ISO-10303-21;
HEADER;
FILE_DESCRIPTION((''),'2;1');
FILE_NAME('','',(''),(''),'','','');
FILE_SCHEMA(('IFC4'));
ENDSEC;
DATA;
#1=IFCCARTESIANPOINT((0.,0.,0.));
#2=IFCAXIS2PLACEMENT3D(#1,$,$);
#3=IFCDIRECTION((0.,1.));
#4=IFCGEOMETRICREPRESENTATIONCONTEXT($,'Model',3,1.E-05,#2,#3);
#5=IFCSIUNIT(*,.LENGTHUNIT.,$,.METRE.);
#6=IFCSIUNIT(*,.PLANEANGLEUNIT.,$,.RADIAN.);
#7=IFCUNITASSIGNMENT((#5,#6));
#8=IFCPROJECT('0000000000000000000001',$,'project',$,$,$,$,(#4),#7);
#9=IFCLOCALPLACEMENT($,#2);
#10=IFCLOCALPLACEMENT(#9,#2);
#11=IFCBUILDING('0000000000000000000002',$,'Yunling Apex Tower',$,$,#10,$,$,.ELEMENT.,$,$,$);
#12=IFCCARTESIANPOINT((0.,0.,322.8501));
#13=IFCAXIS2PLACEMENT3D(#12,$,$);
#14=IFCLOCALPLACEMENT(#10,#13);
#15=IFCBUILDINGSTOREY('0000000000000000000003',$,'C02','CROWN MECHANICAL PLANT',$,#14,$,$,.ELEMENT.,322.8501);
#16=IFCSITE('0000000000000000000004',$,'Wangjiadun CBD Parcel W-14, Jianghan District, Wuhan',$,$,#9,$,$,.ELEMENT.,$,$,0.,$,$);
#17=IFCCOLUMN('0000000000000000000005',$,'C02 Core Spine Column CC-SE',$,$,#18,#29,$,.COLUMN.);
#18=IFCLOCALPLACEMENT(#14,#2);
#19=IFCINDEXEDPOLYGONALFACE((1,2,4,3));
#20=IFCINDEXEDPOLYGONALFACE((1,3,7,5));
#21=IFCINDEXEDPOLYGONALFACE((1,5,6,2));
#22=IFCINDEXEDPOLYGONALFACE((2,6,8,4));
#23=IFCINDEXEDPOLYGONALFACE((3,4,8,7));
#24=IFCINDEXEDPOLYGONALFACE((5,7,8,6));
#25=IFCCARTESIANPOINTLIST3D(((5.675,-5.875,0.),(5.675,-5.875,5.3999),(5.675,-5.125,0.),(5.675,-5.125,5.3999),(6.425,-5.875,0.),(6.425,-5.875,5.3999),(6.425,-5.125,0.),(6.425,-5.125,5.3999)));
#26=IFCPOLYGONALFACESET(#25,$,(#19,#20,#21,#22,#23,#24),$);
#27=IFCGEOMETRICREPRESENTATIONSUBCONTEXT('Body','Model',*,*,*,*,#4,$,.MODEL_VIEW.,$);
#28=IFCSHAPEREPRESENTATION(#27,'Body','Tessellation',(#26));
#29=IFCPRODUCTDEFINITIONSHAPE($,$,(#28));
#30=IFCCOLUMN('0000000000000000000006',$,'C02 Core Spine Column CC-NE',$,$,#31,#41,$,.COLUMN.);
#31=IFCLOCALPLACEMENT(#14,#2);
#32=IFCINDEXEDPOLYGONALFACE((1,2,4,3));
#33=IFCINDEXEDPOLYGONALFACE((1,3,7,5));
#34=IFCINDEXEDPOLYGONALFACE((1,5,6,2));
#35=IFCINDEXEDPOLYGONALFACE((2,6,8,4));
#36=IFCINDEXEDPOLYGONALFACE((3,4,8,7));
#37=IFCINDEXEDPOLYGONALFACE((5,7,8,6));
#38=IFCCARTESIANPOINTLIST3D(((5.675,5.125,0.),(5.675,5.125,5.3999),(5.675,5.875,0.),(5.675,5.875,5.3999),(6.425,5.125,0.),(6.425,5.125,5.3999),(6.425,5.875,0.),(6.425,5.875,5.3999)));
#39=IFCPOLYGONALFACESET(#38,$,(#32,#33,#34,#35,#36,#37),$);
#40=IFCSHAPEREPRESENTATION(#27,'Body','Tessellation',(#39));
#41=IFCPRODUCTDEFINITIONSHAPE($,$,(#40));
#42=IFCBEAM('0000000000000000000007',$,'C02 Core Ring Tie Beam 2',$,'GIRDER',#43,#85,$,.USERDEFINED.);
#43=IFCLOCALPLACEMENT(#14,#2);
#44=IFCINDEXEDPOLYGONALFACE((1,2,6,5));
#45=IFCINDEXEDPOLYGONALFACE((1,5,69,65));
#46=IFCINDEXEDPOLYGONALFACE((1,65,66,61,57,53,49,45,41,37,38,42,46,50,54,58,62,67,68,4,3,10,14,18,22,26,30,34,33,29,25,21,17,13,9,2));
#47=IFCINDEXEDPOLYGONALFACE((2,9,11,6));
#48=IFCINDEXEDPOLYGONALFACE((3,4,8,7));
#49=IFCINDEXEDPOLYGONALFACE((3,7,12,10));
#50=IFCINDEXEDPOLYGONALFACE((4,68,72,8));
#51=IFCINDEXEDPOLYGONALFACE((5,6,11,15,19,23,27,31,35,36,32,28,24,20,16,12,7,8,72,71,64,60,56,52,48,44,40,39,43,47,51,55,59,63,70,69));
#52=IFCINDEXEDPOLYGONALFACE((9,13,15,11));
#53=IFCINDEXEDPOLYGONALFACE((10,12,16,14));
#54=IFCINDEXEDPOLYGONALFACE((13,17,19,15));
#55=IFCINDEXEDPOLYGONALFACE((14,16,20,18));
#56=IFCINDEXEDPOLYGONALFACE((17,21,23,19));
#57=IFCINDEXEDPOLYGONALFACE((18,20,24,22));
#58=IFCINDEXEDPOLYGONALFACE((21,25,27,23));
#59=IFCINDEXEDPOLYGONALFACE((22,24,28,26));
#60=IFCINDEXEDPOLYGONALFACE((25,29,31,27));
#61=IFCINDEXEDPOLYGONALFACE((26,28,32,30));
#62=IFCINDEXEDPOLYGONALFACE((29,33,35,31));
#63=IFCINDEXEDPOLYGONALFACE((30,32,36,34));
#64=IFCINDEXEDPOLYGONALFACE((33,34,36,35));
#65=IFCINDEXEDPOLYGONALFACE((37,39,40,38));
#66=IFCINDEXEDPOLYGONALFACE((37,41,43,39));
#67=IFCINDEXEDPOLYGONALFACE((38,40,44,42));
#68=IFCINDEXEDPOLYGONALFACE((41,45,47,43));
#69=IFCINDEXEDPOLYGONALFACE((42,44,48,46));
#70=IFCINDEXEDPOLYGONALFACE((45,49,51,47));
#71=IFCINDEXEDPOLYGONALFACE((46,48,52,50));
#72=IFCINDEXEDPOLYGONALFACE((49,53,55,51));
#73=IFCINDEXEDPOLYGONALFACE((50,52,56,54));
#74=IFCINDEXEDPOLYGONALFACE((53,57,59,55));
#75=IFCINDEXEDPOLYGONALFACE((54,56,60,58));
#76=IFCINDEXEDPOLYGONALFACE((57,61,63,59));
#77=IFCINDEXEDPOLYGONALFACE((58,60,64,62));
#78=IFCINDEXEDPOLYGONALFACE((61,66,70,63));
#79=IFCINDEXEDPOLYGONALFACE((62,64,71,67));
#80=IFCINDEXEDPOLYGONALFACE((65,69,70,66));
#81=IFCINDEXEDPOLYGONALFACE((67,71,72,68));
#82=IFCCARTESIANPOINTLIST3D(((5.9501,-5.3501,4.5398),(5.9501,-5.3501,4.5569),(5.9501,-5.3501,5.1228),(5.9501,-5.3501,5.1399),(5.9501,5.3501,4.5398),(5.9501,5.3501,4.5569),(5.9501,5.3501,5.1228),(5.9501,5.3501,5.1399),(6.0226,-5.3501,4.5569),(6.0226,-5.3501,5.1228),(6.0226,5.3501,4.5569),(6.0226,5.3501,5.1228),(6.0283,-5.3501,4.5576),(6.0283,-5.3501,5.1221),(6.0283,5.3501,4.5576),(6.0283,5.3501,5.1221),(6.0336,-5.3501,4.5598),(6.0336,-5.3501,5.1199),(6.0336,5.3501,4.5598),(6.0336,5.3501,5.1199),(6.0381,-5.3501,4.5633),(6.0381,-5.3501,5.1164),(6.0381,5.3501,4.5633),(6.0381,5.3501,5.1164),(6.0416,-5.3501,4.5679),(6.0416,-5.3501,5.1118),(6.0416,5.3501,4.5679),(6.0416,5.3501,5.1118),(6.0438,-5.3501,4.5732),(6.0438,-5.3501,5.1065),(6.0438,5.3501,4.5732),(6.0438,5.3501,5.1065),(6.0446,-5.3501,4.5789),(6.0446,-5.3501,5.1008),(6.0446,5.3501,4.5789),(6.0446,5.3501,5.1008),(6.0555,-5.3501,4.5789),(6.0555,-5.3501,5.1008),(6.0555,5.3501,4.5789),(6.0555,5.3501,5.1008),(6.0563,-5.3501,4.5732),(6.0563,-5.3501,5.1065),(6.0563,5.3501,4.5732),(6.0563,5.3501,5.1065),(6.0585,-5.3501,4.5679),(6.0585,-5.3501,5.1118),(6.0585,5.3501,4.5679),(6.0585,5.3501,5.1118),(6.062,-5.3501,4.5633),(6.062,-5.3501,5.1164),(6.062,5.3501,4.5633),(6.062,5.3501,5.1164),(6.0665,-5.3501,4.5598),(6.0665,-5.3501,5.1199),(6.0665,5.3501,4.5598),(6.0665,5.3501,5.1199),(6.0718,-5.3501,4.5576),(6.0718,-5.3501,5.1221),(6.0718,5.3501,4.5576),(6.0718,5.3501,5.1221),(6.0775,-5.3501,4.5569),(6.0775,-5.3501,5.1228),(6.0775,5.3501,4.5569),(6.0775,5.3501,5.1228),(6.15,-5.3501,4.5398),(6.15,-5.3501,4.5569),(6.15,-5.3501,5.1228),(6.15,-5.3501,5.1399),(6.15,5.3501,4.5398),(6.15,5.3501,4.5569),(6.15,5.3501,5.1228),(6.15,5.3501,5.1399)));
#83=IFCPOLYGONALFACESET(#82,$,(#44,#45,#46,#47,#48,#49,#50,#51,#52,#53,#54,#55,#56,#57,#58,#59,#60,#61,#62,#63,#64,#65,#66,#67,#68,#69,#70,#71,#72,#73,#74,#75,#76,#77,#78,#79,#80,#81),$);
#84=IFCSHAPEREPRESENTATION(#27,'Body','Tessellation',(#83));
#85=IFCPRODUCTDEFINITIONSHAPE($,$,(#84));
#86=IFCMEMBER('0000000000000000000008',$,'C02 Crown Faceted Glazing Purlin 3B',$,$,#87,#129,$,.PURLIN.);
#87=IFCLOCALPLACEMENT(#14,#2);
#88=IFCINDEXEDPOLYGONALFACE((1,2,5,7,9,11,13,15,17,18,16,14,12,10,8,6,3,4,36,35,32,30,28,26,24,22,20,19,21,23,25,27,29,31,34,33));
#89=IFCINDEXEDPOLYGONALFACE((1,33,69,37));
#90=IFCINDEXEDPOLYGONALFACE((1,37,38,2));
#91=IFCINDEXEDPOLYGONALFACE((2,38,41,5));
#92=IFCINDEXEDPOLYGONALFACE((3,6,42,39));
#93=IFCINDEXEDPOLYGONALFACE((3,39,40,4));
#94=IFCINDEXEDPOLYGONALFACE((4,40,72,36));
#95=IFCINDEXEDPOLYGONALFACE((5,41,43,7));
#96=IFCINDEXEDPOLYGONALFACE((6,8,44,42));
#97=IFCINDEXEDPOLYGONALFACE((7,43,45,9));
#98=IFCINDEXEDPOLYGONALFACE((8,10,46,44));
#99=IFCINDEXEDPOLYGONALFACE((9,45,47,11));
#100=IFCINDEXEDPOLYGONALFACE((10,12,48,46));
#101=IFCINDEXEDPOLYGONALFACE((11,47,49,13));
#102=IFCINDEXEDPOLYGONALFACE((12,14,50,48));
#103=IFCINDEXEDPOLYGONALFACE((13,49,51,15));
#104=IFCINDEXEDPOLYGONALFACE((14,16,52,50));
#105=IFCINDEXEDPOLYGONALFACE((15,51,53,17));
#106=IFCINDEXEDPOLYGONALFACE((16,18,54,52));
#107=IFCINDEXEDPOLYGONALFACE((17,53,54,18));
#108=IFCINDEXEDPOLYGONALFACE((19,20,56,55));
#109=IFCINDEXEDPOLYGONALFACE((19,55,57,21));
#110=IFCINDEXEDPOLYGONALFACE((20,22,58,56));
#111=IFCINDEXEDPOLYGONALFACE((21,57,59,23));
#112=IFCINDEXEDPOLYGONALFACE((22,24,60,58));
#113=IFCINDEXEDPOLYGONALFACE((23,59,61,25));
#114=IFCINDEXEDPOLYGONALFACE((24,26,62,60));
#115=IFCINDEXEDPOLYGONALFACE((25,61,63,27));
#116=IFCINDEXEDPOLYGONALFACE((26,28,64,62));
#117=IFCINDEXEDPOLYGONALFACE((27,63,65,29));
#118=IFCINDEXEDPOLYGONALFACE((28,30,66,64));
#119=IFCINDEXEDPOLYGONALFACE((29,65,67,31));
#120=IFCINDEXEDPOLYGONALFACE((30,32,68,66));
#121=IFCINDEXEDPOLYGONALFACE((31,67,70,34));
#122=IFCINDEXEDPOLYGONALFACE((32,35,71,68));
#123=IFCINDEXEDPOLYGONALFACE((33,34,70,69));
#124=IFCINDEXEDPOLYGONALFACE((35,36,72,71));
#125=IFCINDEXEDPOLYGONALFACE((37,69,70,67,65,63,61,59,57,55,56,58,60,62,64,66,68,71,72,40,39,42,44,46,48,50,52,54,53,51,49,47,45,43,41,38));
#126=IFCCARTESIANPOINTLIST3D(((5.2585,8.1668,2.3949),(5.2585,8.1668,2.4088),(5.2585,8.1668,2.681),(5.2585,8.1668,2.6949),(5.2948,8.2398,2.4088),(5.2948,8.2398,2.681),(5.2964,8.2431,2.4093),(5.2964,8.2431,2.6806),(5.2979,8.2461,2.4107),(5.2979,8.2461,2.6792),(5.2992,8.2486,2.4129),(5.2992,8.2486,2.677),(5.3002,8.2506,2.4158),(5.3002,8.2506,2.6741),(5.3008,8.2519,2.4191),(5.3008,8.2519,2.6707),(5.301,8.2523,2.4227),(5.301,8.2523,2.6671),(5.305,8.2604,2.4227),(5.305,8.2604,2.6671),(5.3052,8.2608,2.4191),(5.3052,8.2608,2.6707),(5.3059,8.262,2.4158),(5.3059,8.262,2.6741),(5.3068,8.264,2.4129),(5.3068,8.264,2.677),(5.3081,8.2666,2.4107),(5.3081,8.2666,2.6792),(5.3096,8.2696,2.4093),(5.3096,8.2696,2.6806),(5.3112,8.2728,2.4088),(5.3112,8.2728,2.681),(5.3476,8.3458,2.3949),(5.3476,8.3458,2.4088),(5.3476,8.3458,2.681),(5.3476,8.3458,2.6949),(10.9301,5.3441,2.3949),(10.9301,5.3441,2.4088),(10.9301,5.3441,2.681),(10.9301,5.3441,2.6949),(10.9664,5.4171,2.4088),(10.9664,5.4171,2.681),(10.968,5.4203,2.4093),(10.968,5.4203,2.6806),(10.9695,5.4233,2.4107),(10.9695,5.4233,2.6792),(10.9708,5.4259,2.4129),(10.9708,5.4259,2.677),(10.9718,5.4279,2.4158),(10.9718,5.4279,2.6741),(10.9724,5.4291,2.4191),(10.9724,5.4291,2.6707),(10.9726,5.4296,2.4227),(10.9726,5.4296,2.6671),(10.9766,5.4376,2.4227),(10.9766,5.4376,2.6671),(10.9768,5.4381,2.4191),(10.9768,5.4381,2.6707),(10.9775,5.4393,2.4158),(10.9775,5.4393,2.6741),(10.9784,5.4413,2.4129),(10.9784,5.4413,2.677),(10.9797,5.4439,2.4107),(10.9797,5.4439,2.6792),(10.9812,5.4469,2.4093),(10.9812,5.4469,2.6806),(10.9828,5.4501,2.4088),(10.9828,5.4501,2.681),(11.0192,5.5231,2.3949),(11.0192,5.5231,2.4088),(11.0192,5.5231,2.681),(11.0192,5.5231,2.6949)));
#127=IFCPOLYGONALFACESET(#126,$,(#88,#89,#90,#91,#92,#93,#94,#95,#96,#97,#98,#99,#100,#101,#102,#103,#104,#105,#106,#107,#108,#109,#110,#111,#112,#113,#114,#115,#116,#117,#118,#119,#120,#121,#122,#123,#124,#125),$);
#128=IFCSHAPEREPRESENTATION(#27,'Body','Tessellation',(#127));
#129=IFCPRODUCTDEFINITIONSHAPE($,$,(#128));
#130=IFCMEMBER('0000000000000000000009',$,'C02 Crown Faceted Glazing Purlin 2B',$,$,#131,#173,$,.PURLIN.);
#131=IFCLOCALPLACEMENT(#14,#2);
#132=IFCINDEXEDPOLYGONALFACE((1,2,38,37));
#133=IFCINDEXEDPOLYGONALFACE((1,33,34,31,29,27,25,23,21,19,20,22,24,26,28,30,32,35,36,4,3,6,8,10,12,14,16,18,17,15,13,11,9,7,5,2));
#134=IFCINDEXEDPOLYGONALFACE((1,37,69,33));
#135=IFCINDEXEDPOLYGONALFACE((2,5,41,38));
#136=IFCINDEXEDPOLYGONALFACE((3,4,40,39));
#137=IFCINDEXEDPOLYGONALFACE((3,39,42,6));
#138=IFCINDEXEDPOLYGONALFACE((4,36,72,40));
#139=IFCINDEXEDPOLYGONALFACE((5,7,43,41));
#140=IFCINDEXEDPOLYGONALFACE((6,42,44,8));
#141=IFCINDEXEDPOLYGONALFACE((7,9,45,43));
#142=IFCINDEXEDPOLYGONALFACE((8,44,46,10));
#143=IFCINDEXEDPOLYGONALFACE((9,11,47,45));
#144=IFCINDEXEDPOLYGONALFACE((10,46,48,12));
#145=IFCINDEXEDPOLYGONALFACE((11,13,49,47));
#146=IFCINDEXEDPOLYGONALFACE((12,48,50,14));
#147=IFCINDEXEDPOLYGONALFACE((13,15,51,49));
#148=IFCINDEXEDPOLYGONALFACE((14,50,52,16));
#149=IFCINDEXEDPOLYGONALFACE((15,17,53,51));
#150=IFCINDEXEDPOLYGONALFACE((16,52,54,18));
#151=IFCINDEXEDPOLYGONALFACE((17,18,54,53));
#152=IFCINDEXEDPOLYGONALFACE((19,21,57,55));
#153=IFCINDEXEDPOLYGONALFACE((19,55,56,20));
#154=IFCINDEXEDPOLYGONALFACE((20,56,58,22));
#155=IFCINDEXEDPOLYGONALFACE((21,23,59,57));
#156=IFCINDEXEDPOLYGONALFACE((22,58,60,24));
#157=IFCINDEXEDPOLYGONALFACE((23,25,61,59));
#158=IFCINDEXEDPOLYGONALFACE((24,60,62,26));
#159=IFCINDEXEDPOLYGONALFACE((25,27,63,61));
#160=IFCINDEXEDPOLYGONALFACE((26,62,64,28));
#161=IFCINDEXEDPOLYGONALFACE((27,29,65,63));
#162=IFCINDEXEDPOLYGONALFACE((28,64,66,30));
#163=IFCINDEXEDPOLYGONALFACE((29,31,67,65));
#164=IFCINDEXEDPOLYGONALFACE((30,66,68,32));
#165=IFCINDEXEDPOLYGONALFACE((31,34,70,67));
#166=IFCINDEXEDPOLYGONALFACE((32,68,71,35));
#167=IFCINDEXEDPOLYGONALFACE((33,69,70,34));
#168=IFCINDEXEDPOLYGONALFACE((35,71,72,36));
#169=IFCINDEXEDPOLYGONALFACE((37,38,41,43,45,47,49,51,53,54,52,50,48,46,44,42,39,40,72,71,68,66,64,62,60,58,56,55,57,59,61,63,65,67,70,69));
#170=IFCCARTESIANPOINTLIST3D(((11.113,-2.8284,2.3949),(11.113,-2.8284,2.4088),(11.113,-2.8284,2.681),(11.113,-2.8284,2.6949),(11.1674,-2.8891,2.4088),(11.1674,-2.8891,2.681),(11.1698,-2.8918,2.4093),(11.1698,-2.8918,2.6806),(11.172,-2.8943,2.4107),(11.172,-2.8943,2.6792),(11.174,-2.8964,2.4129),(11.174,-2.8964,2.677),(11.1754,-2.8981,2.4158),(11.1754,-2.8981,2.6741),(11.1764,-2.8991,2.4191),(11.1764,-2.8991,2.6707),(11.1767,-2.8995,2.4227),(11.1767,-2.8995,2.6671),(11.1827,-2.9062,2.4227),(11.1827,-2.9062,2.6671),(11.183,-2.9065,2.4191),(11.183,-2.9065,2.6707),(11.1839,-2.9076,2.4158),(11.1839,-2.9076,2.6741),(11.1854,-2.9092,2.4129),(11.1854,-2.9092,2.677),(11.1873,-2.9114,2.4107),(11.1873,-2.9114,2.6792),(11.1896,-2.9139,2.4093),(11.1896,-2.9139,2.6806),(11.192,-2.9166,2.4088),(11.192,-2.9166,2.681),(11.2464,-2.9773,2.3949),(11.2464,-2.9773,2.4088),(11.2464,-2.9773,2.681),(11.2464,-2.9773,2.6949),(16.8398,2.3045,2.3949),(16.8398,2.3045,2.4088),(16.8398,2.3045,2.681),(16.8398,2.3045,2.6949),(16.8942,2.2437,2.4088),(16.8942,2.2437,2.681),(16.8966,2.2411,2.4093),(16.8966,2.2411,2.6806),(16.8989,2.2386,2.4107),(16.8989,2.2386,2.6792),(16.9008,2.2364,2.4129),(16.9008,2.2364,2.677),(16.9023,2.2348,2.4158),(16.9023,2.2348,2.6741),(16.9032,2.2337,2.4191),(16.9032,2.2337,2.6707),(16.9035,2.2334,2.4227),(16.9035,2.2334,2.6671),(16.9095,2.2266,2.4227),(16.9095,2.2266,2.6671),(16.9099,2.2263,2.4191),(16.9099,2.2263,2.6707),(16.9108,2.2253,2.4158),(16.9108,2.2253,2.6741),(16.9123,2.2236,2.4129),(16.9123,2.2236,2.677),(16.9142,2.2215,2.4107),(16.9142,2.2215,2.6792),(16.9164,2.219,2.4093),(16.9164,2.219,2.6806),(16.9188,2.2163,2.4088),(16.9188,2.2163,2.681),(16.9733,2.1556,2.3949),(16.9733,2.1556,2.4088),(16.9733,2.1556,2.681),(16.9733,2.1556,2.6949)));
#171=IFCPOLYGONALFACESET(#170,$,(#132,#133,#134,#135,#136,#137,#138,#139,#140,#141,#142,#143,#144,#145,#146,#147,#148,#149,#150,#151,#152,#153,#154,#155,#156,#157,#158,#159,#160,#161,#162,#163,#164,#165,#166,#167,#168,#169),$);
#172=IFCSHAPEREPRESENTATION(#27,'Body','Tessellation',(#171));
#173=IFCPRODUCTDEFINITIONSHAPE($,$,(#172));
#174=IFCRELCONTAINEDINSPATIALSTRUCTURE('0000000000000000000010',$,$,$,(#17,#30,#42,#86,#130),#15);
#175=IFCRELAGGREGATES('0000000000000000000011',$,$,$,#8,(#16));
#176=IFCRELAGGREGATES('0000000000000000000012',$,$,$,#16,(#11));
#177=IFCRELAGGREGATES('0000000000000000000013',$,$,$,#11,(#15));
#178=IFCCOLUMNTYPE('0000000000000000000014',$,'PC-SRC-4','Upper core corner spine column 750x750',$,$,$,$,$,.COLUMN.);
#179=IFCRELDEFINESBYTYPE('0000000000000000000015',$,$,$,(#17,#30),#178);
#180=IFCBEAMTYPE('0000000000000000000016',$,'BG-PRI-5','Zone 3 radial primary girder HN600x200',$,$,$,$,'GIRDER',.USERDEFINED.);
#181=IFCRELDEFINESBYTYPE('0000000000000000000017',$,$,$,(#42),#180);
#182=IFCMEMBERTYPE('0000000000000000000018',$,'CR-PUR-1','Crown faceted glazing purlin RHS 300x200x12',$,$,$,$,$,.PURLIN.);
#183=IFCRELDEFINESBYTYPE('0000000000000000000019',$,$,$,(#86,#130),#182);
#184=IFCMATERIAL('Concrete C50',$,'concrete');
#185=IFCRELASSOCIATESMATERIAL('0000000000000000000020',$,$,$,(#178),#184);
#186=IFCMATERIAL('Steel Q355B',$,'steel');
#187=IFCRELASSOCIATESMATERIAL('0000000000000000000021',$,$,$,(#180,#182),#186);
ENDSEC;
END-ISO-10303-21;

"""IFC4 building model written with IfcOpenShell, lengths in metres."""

from ifc_helpers import new_model, si_unit, direction, frame, origin, origin_2d, place, context, subcontext, project, spatial, rectangle, i_section, extrude, source, transform, mapped, material, material_profile, profile_set, type_object, element, save


model = new_model("IFC4")

# Units and contexts
model_context = context("Model", 3, precision=1e-05, world=origin(), true_north=direction((0.0, 1.0)))
body_context = subcontext(model_context, "Body", "Model", "MODEL_VIEW")
ifc_project = project(units=[si_unit("LENGTHUNIT", "METRE"), si_unit("PLANEANGLEUNIT", "RADIAN")], contexts=[model_context])

# Site, building, storey
site_placement = place(None, origin())
site = spatial("IfcSite", under=ifc_project, at=site_placement, Name="Wangjiadun CBD Parcel W-14, Jianghan District, Wuhan", CompositionType="ELEMENT", RefElevation=0.0)
building_placement = place(site_placement, origin())
building = spatial("IfcBuilding", under=site, at=building_placement, Name="Yunling Apex Tower", CompositionType="ELEMENT")
storey_placement = place(building_placement, frame((0.0, 0.0, 322.8501)))
storey = spatial("IfcBuildingStorey", under=building, at=storey_placement, Name="C02", Description="CROWN MECHANICAL PLANT", CompositionType="ELEMENT", Elevation=322.8501)

# Columns
ifc_material_1 = material(Name="Concrete C50", Category="concrete")
ifc_material_profile_1 = material_profile(ifc_material_1, rectangle(XDim=0.75, YDim=0.75, at=origin_2d()))
ifc_profile_set_1 = profile_set([ifc_material_profile_1], Name="Concrete C50")
column_type = type_object("IfcColumnType", Name="PC-SRC-4", Description="Upper core corner spine column 750x750", PredefinedType="COLUMN", material=ifc_profile_set_1)
shared_shape_1 = source(origin(), body_context, "Body", "SweptSolid", [
    extrude(rectangle(XDim=0.75, YDim=0.75, at=origin_2d()), origin(), (0.0, 0.0, 1.0), 5.3999),
])
for number, where, z_axis, x_axis, name in (
    (1, (6.05, -5.5, 0.0), (0.0, 0.0, 1.0), (1.0, 0.0, 0.0), "C02 Core Spine Column CC-SE"),
    (2, (6.05, 5.5, 0.0), (0.0, 0.0, 1.0), (1.0, 0.0, 0.0), "C02 Core Spine Column CC-NE"),
):
    element("IfcColumn", number, at=place(storey_placement, frame(where, z_axis=z_axis, x_axis=x_axis)), inside=storey, type_object=column_type, Name=name, PredefinedType="COLUMN", context=body_context, shape_type="MappedRepresentation", body=[
        mapped(shared_shape_1, transform((0.0, 0.0, 0.0), scale=1.0)),
    ])

# Beam
ifc_material_2 = material(Name="Steel Q355B", Category="steel")
ifc_material_profile_2 = material_profile(ifc_material_2, i_section(OverallWidth=0.2, OverallDepth=0.6001, WebThickness=0.011, FlangeThickness=0.0171, FilletRadius=0.022, at=origin_2d()))
ifc_profile_set_2 = profile_set([ifc_material_profile_2], Name="Steel Q355B")
beam_type = type_object("IfcBeamType", Name="BG-PRI-5", Description="Zone 3 radial primary girder HN600x200", ElementType="GIRDER", PredefinedType="USERDEFINED", material=ifc_profile_set_2)
shared_shape_2 = source(origin(), body_context, "Body", "SweptSolid", [
    extrude(i_section(OverallWidth=0.2, OverallDepth=0.6001, WebThickness=0.011, FlangeThickness=0.0171, FilletRadius=0.022, at=origin_2d()), origin(), (0.0, 0.0, 1.0), 10.7002),
])
beam_placement = place(storey_placement, frame((6.05, -5.3501, 4.8398), z_axis=(0.0, 1.0, 0.0), x_axis=(-1.0, 0.0, 0.0)))
element("IfcBeam", 3, at=beam_placement, inside=storey, type_object=beam_type, Name="C02 Core Ring Tie Beam 2", ObjectType="GIRDER", PredefinedType="USERDEFINED", context=body_context, shape_type="MappedRepresentation", body=[
    mapped(shared_shape_2, transform((0.0, 0.0, 0.0), scale=1.0)),
])

# Members
ifc_material_profile_3 = material_profile(ifc_material_2, i_section(OverallWidth=0.2, OverallDepth=0.3, WebThickness=0.009, FlangeThickness=0.0139, FilletRadius=0.0139, at=origin_2d()))
ifc_profile_set_3 = profile_set([ifc_material_profile_3], Name="Steel Q355B")
member_type_1 = type_object("IfcMemberType", Name="CR-PUR-1", Description="Crown faceted glazing purlin RHS 300x200x12", PredefinedType="PURLIN", material=ifc_profile_set_3)
shared_shape_3 = source(origin(), body_context, "Body", "SweptSolid", [
    extrude(i_section(OverallWidth=0.2, OverallDepth=0.3, WebThickness=0.009, FlangeThickness=0.0139, FilletRadius=0.0139, at=origin_2d()), origin(), (0.0, 0.0, 1.0), 6.3352),
])
member_1_placement = place(storey_placement, frame((10.9746, 5.4336, 2.5449), z_axis=(-0.89525, 0.445563, 0.0), x_axis=(-0.445563, -0.89525, 0.0)))
element("IfcMember", 4, at=member_1_placement, inside=storey, type_object=member_type_1, Name="C02 Crown Faceted Glazing Purlin 3B", PredefinedType="PURLIN", context=body_context, shape_type="MappedRepresentation", body=[
    mapped(shared_shape_3, transform((0.0, 0.0, 0.0), scale=1.0)),
])
shared_shape_4 = source(origin(), body_context, "Body", "SweptSolid", [
    extrude(i_section(OverallWidth=0.2, OverallDepth=0.3, WebThickness=0.009, FlangeThickness=0.0139, FilletRadius=0.0139, at=origin_2d()), origin(), (0.0, 0.0, 1.0), 7.6904),
])
member_2_placement = place(storey_placement, frame((11.1797, -2.9028, 2.5449), z_axis=(0.744671, 0.667432, 0.0), x_axis=(-0.667432, 0.744671, 0.0)))
element("IfcMember", 5, at=member_2_placement, inside=storey, type_object=member_type_1, Name="C02 Crown Faceted Glazing Purlin 2B", PredefinedType="PURLIN", context=body_context, shape_type="MappedRepresentation", body=[
    mapped(shared_shape_4, transform((0.0, 0.0, 0.0), scale=1.0)),
])

save(model, "model.ifc")
